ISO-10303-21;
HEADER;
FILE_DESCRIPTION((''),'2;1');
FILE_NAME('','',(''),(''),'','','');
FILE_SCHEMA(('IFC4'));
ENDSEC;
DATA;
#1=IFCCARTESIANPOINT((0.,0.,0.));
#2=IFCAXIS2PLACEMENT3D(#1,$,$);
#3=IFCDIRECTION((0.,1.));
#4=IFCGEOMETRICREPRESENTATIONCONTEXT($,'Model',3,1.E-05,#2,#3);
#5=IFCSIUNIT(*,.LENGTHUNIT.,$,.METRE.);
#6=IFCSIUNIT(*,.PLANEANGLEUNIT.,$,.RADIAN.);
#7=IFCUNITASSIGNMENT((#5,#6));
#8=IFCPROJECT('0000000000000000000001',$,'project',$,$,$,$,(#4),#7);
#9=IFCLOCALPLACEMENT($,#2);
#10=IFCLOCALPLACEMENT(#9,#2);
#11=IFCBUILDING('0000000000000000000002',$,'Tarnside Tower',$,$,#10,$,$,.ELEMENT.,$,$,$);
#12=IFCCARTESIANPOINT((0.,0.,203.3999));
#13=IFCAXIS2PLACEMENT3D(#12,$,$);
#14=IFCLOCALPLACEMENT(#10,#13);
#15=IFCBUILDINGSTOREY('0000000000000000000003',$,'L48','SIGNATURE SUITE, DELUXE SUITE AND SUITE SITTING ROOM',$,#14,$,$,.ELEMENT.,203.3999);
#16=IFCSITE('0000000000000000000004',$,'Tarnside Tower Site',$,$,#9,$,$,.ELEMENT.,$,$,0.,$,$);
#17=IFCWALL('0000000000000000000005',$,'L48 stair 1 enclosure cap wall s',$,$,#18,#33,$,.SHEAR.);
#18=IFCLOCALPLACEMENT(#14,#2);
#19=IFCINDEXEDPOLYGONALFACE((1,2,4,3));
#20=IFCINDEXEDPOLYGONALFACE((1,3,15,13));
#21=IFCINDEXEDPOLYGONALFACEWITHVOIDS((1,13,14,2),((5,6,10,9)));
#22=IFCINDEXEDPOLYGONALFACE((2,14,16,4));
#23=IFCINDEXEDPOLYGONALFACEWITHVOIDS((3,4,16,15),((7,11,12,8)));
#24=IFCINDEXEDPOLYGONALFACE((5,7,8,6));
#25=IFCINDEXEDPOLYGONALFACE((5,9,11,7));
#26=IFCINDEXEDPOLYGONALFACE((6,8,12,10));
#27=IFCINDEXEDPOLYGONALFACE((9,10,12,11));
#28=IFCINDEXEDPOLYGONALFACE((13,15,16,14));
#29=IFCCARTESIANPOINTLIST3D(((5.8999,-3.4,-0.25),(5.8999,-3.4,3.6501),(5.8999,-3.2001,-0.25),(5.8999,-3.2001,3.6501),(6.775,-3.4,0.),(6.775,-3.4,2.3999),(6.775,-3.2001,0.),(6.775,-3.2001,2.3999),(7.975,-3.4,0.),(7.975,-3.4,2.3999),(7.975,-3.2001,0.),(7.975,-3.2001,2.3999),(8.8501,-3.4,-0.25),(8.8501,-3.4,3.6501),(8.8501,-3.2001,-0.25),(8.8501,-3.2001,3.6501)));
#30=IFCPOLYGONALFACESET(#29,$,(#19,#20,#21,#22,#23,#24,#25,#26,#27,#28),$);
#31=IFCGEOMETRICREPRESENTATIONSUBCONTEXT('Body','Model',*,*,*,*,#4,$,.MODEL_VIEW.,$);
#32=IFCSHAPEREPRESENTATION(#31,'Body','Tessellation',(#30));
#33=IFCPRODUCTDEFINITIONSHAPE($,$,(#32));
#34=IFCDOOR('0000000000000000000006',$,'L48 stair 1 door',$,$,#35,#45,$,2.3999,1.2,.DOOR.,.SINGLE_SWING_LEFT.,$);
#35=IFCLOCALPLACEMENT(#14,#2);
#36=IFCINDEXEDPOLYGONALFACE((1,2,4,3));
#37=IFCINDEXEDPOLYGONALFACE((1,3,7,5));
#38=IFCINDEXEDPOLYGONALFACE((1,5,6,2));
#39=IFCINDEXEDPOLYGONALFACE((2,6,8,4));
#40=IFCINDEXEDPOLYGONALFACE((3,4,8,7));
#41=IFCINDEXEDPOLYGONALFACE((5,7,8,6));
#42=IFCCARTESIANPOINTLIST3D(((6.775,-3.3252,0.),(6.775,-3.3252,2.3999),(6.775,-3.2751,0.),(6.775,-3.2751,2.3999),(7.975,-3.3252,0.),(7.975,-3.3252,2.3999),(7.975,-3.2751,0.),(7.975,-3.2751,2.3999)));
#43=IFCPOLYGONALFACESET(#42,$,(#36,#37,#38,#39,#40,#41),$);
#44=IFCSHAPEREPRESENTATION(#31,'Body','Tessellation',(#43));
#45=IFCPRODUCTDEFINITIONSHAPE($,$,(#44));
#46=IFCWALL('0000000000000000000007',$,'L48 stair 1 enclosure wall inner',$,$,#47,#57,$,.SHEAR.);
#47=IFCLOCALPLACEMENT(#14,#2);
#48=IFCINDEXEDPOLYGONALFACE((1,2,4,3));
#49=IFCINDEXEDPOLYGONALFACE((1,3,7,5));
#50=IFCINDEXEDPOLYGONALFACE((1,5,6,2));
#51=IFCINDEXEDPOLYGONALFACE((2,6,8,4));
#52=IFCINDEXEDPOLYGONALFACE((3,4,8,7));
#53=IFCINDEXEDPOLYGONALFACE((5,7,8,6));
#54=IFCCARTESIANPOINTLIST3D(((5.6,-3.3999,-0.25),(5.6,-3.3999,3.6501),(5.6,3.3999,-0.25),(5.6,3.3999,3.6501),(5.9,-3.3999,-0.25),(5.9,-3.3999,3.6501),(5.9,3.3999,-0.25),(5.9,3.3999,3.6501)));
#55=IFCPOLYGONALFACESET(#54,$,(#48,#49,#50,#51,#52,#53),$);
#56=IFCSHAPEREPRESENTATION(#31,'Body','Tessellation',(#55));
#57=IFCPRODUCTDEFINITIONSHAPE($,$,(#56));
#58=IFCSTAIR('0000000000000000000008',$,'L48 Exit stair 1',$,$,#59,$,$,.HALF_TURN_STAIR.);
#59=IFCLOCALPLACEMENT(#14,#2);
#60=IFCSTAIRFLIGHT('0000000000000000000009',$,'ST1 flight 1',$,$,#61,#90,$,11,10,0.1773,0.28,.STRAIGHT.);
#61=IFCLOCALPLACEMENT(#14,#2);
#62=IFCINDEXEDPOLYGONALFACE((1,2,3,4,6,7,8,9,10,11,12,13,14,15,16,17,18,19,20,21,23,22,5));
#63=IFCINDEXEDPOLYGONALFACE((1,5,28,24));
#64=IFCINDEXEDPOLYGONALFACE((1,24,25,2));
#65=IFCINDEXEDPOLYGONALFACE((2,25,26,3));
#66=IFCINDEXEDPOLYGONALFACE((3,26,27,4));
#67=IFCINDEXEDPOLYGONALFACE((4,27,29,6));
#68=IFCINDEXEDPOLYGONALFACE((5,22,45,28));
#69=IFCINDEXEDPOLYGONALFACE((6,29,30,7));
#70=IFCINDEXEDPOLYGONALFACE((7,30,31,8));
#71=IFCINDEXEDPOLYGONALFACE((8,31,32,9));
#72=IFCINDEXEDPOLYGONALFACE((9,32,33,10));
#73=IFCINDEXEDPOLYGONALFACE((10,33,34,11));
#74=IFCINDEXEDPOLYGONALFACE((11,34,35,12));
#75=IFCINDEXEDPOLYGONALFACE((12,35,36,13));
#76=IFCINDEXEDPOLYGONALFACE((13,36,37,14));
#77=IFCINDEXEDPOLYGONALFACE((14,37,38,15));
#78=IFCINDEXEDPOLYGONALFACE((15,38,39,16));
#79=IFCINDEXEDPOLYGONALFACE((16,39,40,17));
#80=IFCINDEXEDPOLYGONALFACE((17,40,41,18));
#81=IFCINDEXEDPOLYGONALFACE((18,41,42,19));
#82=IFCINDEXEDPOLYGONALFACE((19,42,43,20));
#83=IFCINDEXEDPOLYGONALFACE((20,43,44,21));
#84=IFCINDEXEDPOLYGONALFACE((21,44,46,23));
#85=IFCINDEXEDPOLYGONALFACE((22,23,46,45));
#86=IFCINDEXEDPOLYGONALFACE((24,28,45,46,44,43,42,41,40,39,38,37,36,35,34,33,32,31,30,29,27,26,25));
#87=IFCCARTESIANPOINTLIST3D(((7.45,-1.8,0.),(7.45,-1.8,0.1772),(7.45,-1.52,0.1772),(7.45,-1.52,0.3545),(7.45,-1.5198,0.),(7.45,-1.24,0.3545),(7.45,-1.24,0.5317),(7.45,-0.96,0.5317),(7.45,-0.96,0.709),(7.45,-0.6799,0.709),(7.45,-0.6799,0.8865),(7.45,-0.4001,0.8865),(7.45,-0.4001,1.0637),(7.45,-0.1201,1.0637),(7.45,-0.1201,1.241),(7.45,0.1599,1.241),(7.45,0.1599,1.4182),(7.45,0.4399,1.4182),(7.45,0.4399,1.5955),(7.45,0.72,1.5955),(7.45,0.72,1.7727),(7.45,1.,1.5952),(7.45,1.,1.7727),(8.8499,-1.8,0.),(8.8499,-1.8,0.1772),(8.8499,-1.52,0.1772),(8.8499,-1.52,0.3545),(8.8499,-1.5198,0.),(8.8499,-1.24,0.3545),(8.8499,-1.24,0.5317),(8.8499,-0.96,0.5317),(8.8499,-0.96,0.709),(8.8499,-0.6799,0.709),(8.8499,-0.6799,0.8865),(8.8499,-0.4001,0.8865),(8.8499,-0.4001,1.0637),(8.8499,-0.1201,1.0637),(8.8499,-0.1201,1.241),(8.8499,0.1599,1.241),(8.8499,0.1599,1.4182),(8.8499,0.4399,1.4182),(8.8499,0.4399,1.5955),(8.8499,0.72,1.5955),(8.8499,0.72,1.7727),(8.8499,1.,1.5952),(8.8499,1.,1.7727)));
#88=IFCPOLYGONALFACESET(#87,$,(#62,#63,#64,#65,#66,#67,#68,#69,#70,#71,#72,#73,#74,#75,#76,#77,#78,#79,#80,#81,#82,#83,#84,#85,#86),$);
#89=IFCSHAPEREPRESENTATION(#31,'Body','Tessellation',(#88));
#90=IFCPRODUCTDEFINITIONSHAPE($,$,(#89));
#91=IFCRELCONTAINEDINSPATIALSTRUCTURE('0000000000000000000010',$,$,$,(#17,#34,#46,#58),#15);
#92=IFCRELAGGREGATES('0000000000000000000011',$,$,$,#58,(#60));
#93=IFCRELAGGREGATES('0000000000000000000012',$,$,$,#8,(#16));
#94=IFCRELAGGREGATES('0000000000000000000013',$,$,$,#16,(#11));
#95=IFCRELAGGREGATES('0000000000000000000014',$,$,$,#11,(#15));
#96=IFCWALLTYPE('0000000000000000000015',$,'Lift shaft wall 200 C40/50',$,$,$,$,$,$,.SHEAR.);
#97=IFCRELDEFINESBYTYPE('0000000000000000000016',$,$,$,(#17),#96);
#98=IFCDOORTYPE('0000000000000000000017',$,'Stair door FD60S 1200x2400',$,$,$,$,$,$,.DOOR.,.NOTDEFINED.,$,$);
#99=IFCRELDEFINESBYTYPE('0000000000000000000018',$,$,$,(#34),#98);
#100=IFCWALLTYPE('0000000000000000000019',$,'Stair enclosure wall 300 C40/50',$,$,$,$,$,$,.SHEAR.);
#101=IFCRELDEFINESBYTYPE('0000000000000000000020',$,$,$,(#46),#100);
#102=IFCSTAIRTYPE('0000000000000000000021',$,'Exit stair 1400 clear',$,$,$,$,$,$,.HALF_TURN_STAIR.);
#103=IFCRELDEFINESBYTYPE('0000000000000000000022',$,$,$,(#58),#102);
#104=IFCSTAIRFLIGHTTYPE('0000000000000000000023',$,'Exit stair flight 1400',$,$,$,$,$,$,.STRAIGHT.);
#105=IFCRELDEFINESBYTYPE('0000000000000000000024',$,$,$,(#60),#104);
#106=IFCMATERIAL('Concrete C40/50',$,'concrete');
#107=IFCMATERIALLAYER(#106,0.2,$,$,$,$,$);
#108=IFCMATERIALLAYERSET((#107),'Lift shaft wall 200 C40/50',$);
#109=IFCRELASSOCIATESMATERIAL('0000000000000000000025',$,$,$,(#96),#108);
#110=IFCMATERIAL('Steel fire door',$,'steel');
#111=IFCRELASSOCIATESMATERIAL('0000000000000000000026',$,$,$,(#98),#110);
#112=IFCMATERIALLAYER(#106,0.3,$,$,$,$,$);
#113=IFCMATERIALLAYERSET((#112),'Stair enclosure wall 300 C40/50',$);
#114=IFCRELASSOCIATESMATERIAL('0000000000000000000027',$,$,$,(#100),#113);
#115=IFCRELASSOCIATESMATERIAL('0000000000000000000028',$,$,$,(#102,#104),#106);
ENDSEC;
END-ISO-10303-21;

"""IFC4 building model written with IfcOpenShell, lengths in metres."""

from ifc_helpers import new_model, si_unit, direction, frame, frame_2d, origin, place, context, subcontext, project, spatial, polyline, rectangle, outline, extrude, material, layer, layer_set, type_object, element, fill, aggregate, save


model = new_model("IFC4")

# Units and contexts
model_context = context("Model", 3, precision=1e-05, world=origin(), true_north=direction((0.0, 1.0)))
body_context = subcontext(model_context, "Body", "Model", "MODEL_VIEW")
ifc_project = project(units=[si_unit("LENGTHUNIT", "METRE"), si_unit("PLANEANGLEUNIT", "RADIAN")], contexts=[model_context])

# Site, building, storey
site_placement = place(None, origin())
site = spatial("IfcSite", under=ifc_project, at=site_placement, Name="Tarnside Tower Site", CompositionType="ELEMENT", RefElevation=0.0)
building_placement = place(site_placement, origin())
building = spatial("IfcBuilding", under=site, at=building_placement, Name="Tarnside Tower", CompositionType="ELEMENT")
storey_placement = place(building_placement, frame((0.0, 0.0, 203.3999)))
storey = spatial("IfcBuildingStorey", under=building, at=storey_placement, Name="L48", Description="SIGNATURE SUITE, DELUXE SUITE AND SUITE SITTING ROOM", CompositionType="ELEMENT", Elevation=203.3999)

# Shared definitions
ifc_material_1 = material(Name="Concrete C40/50", Category="concrete")

# Shared definitions
ifc_material_2 = material(Name="Steel fire door", Category="steel")

# Wall, opening, door
ifc_layer_1 = layer(ifc_material_1, 0.2)
ifc_layer_set_1 = layer_set([ifc_layer_1], Name="Lift shaft wall 200 C40/50")
wall_type_1 = type_object("IfcWallType", Name="Lift shaft wall 200 C40/50", PredefinedType="SHEAR", material=ifc_layer_set_1)
wall_1_placement = place(storey_placement, frame((5.8999, -3.3, -0.25), z_axis=(0.0, 0.0, 1.0), x_axis=(1.0, 0.0, 0.0)))
wall_1 = element("IfcWall", 1, at=wall_1_placement, inside=storey, type_object=wall_type_1, Name="L48 stair 1 enclosure cap wall s", PredefinedType="SHEAR", context=body_context, shape_type="SweptSolid", body=[
    extrude(rectangle(XDim=2.9502, YDim=0.2, at=frame_2d((1.4751, 0.0))), origin(), (0.0, 0.0, 1.0), 3.9001),
])
opening_1_placement = place(wall_1_placement, frame((0.875, 0.0, 0.25)))
opening_1 = element("IfcOpeningElement", 2, at=opening_1_placement, cuts=wall_1, PredefinedType="OPENING", context=body_context, shape_type="SweptSolid", body=[
    extrude(rectangle(XDim=1.2, YDim=2.3999, at=frame_2d((0.6001, 1.2))), frame((0.0, 0.1099, 0.0), z_axis=(0.0, -1.0, 0.0), x_axis=(1.0, 0.0, 0.0)), (0.0, 0.0, 1.0), 0.22),
])
door_type_1 = type_object("IfcDoorType", Name="Stair door FD60S 1200x2400", OperationType="NOTDEFINED", PredefinedType="DOOR", material=ifc_material_2)
door_1_placement = place(opening_1_placement, origin())
door_1 = element("IfcDoor", 3, at=door_1_placement, inside=storey, type_object=door_type_1, Name="L48 stair 1 door", OperationType="SINGLE_SWING_LEFT", OverallHeight=2.3999, OverallWidth=1.2, PredefinedType="DOOR", context=body_context, shape_type="SweptSolid", body=[
    extrude(rectangle(XDim=1.2, YDim=2.3999, at=frame_2d((0.6001, 1.2))), frame((0.0, 0.0249, 0.0), z_axis=(0.0, -1.0, 0.0), x_axis=(1.0, 0.0, 0.0)), (0.0, 0.0, 1.0), 0.05),
])
fill(opening_1, door_1)

# Wall
ifc_layer_2 = layer(ifc_material_1, 0.3)
ifc_layer_set_2 = layer_set([ifc_layer_2], Name="Stair enclosure wall 300 C40/50")
wall_type_2 = type_object("IfcWallType", Name="Stair enclosure wall 300 C40/50", PredefinedType="SHEAR", material=ifc_layer_set_2)
wall_2_placement = place(storey_placement, frame((5.75, -3.3999, -0.25), z_axis=(0.0, 0.0, 1.0), x_axis=(0.0, 1.0, 0.0)))
element("IfcWall", 4, at=wall_2_placement, inside=storey, type_object=wall_type_2, Name="L48 stair 1 enclosure wall inner", PredefinedType="SHEAR", context=body_context, shape_type="SweptSolid", body=[
    extrude(rectangle(XDim=6.7998, YDim=0.3, at=frame_2d((3.3999, 0.0))), origin(), (0.0, 0.0, 1.0), 3.9001),
])

# Stair, stair flight
stair_type = type_object("IfcStairType", Name="Exit stair 1400 clear", PredefinedType="HALF_TURN_STAIR", material=ifc_material_1)
stair_placement = place(storey_placement, origin())
stair = element("IfcStair", 5, at=stair_placement, inside=storey, type_object=stair_type, Name="L48 Exit stair 1", PredefinedType="HALF_TURN_STAIR")
stair_flight_type = type_object("IfcStairFlightType", Name="Exit stair flight 1400", PredefinedType="STRAIGHT", material=ifc_material_1)
stair_flight_placement = place(storey_placement, frame((8.1499, -1.8, 0.0), z_axis=(0.0, 0.0, 1.0), x_axis=(0.0, 1.0, 0.0)))
stair_flight = element("IfcStairFlight", 6, at=stair_flight_placement, type_object=stair_flight_type, Name="ST1 flight 1", NumberOfRisers=11, NumberOfTreads=10, PredefinedType="STRAIGHT", RiserHeight=0.1773, TreadLength=0.28, context=body_context, shape_type="SweptSolid", body=[
    extrude(outline(polyline([(0.0, 0.0), (0.0, 0.1772), (0.28, 0.1772), (0.28, 0.3545), (0.5601, 0.3545), (0.5601, 0.5317), (0.8401, 0.5317), (0.8401, 0.709), (1.1201, 0.709), (1.1201, 0.8865), (1.3999, 0.8865), (1.3999, 1.0637), (1.6799, 1.0637), (1.6799, 1.241), (1.96, 1.241), (1.96, 1.4182), (2.24, 1.4182), (2.24, 1.5955), (2.52, 1.5955), (2.52, 1.7727), (2.8, 1.7727), (2.8, 1.95), (2.8, 1.5952), (0.2803, 0.0), (0.0, 0.0)])), frame((0.0, 0.7, 0.0), z_axis=(0.0, -1.0, 0.0), x_axis=(1.0, 0.0, 0.0)), (0.0, 0.0, 1.0), 1.3999),
])
aggregate(stair, [stair_flight])

save(model, "model.ifc")
